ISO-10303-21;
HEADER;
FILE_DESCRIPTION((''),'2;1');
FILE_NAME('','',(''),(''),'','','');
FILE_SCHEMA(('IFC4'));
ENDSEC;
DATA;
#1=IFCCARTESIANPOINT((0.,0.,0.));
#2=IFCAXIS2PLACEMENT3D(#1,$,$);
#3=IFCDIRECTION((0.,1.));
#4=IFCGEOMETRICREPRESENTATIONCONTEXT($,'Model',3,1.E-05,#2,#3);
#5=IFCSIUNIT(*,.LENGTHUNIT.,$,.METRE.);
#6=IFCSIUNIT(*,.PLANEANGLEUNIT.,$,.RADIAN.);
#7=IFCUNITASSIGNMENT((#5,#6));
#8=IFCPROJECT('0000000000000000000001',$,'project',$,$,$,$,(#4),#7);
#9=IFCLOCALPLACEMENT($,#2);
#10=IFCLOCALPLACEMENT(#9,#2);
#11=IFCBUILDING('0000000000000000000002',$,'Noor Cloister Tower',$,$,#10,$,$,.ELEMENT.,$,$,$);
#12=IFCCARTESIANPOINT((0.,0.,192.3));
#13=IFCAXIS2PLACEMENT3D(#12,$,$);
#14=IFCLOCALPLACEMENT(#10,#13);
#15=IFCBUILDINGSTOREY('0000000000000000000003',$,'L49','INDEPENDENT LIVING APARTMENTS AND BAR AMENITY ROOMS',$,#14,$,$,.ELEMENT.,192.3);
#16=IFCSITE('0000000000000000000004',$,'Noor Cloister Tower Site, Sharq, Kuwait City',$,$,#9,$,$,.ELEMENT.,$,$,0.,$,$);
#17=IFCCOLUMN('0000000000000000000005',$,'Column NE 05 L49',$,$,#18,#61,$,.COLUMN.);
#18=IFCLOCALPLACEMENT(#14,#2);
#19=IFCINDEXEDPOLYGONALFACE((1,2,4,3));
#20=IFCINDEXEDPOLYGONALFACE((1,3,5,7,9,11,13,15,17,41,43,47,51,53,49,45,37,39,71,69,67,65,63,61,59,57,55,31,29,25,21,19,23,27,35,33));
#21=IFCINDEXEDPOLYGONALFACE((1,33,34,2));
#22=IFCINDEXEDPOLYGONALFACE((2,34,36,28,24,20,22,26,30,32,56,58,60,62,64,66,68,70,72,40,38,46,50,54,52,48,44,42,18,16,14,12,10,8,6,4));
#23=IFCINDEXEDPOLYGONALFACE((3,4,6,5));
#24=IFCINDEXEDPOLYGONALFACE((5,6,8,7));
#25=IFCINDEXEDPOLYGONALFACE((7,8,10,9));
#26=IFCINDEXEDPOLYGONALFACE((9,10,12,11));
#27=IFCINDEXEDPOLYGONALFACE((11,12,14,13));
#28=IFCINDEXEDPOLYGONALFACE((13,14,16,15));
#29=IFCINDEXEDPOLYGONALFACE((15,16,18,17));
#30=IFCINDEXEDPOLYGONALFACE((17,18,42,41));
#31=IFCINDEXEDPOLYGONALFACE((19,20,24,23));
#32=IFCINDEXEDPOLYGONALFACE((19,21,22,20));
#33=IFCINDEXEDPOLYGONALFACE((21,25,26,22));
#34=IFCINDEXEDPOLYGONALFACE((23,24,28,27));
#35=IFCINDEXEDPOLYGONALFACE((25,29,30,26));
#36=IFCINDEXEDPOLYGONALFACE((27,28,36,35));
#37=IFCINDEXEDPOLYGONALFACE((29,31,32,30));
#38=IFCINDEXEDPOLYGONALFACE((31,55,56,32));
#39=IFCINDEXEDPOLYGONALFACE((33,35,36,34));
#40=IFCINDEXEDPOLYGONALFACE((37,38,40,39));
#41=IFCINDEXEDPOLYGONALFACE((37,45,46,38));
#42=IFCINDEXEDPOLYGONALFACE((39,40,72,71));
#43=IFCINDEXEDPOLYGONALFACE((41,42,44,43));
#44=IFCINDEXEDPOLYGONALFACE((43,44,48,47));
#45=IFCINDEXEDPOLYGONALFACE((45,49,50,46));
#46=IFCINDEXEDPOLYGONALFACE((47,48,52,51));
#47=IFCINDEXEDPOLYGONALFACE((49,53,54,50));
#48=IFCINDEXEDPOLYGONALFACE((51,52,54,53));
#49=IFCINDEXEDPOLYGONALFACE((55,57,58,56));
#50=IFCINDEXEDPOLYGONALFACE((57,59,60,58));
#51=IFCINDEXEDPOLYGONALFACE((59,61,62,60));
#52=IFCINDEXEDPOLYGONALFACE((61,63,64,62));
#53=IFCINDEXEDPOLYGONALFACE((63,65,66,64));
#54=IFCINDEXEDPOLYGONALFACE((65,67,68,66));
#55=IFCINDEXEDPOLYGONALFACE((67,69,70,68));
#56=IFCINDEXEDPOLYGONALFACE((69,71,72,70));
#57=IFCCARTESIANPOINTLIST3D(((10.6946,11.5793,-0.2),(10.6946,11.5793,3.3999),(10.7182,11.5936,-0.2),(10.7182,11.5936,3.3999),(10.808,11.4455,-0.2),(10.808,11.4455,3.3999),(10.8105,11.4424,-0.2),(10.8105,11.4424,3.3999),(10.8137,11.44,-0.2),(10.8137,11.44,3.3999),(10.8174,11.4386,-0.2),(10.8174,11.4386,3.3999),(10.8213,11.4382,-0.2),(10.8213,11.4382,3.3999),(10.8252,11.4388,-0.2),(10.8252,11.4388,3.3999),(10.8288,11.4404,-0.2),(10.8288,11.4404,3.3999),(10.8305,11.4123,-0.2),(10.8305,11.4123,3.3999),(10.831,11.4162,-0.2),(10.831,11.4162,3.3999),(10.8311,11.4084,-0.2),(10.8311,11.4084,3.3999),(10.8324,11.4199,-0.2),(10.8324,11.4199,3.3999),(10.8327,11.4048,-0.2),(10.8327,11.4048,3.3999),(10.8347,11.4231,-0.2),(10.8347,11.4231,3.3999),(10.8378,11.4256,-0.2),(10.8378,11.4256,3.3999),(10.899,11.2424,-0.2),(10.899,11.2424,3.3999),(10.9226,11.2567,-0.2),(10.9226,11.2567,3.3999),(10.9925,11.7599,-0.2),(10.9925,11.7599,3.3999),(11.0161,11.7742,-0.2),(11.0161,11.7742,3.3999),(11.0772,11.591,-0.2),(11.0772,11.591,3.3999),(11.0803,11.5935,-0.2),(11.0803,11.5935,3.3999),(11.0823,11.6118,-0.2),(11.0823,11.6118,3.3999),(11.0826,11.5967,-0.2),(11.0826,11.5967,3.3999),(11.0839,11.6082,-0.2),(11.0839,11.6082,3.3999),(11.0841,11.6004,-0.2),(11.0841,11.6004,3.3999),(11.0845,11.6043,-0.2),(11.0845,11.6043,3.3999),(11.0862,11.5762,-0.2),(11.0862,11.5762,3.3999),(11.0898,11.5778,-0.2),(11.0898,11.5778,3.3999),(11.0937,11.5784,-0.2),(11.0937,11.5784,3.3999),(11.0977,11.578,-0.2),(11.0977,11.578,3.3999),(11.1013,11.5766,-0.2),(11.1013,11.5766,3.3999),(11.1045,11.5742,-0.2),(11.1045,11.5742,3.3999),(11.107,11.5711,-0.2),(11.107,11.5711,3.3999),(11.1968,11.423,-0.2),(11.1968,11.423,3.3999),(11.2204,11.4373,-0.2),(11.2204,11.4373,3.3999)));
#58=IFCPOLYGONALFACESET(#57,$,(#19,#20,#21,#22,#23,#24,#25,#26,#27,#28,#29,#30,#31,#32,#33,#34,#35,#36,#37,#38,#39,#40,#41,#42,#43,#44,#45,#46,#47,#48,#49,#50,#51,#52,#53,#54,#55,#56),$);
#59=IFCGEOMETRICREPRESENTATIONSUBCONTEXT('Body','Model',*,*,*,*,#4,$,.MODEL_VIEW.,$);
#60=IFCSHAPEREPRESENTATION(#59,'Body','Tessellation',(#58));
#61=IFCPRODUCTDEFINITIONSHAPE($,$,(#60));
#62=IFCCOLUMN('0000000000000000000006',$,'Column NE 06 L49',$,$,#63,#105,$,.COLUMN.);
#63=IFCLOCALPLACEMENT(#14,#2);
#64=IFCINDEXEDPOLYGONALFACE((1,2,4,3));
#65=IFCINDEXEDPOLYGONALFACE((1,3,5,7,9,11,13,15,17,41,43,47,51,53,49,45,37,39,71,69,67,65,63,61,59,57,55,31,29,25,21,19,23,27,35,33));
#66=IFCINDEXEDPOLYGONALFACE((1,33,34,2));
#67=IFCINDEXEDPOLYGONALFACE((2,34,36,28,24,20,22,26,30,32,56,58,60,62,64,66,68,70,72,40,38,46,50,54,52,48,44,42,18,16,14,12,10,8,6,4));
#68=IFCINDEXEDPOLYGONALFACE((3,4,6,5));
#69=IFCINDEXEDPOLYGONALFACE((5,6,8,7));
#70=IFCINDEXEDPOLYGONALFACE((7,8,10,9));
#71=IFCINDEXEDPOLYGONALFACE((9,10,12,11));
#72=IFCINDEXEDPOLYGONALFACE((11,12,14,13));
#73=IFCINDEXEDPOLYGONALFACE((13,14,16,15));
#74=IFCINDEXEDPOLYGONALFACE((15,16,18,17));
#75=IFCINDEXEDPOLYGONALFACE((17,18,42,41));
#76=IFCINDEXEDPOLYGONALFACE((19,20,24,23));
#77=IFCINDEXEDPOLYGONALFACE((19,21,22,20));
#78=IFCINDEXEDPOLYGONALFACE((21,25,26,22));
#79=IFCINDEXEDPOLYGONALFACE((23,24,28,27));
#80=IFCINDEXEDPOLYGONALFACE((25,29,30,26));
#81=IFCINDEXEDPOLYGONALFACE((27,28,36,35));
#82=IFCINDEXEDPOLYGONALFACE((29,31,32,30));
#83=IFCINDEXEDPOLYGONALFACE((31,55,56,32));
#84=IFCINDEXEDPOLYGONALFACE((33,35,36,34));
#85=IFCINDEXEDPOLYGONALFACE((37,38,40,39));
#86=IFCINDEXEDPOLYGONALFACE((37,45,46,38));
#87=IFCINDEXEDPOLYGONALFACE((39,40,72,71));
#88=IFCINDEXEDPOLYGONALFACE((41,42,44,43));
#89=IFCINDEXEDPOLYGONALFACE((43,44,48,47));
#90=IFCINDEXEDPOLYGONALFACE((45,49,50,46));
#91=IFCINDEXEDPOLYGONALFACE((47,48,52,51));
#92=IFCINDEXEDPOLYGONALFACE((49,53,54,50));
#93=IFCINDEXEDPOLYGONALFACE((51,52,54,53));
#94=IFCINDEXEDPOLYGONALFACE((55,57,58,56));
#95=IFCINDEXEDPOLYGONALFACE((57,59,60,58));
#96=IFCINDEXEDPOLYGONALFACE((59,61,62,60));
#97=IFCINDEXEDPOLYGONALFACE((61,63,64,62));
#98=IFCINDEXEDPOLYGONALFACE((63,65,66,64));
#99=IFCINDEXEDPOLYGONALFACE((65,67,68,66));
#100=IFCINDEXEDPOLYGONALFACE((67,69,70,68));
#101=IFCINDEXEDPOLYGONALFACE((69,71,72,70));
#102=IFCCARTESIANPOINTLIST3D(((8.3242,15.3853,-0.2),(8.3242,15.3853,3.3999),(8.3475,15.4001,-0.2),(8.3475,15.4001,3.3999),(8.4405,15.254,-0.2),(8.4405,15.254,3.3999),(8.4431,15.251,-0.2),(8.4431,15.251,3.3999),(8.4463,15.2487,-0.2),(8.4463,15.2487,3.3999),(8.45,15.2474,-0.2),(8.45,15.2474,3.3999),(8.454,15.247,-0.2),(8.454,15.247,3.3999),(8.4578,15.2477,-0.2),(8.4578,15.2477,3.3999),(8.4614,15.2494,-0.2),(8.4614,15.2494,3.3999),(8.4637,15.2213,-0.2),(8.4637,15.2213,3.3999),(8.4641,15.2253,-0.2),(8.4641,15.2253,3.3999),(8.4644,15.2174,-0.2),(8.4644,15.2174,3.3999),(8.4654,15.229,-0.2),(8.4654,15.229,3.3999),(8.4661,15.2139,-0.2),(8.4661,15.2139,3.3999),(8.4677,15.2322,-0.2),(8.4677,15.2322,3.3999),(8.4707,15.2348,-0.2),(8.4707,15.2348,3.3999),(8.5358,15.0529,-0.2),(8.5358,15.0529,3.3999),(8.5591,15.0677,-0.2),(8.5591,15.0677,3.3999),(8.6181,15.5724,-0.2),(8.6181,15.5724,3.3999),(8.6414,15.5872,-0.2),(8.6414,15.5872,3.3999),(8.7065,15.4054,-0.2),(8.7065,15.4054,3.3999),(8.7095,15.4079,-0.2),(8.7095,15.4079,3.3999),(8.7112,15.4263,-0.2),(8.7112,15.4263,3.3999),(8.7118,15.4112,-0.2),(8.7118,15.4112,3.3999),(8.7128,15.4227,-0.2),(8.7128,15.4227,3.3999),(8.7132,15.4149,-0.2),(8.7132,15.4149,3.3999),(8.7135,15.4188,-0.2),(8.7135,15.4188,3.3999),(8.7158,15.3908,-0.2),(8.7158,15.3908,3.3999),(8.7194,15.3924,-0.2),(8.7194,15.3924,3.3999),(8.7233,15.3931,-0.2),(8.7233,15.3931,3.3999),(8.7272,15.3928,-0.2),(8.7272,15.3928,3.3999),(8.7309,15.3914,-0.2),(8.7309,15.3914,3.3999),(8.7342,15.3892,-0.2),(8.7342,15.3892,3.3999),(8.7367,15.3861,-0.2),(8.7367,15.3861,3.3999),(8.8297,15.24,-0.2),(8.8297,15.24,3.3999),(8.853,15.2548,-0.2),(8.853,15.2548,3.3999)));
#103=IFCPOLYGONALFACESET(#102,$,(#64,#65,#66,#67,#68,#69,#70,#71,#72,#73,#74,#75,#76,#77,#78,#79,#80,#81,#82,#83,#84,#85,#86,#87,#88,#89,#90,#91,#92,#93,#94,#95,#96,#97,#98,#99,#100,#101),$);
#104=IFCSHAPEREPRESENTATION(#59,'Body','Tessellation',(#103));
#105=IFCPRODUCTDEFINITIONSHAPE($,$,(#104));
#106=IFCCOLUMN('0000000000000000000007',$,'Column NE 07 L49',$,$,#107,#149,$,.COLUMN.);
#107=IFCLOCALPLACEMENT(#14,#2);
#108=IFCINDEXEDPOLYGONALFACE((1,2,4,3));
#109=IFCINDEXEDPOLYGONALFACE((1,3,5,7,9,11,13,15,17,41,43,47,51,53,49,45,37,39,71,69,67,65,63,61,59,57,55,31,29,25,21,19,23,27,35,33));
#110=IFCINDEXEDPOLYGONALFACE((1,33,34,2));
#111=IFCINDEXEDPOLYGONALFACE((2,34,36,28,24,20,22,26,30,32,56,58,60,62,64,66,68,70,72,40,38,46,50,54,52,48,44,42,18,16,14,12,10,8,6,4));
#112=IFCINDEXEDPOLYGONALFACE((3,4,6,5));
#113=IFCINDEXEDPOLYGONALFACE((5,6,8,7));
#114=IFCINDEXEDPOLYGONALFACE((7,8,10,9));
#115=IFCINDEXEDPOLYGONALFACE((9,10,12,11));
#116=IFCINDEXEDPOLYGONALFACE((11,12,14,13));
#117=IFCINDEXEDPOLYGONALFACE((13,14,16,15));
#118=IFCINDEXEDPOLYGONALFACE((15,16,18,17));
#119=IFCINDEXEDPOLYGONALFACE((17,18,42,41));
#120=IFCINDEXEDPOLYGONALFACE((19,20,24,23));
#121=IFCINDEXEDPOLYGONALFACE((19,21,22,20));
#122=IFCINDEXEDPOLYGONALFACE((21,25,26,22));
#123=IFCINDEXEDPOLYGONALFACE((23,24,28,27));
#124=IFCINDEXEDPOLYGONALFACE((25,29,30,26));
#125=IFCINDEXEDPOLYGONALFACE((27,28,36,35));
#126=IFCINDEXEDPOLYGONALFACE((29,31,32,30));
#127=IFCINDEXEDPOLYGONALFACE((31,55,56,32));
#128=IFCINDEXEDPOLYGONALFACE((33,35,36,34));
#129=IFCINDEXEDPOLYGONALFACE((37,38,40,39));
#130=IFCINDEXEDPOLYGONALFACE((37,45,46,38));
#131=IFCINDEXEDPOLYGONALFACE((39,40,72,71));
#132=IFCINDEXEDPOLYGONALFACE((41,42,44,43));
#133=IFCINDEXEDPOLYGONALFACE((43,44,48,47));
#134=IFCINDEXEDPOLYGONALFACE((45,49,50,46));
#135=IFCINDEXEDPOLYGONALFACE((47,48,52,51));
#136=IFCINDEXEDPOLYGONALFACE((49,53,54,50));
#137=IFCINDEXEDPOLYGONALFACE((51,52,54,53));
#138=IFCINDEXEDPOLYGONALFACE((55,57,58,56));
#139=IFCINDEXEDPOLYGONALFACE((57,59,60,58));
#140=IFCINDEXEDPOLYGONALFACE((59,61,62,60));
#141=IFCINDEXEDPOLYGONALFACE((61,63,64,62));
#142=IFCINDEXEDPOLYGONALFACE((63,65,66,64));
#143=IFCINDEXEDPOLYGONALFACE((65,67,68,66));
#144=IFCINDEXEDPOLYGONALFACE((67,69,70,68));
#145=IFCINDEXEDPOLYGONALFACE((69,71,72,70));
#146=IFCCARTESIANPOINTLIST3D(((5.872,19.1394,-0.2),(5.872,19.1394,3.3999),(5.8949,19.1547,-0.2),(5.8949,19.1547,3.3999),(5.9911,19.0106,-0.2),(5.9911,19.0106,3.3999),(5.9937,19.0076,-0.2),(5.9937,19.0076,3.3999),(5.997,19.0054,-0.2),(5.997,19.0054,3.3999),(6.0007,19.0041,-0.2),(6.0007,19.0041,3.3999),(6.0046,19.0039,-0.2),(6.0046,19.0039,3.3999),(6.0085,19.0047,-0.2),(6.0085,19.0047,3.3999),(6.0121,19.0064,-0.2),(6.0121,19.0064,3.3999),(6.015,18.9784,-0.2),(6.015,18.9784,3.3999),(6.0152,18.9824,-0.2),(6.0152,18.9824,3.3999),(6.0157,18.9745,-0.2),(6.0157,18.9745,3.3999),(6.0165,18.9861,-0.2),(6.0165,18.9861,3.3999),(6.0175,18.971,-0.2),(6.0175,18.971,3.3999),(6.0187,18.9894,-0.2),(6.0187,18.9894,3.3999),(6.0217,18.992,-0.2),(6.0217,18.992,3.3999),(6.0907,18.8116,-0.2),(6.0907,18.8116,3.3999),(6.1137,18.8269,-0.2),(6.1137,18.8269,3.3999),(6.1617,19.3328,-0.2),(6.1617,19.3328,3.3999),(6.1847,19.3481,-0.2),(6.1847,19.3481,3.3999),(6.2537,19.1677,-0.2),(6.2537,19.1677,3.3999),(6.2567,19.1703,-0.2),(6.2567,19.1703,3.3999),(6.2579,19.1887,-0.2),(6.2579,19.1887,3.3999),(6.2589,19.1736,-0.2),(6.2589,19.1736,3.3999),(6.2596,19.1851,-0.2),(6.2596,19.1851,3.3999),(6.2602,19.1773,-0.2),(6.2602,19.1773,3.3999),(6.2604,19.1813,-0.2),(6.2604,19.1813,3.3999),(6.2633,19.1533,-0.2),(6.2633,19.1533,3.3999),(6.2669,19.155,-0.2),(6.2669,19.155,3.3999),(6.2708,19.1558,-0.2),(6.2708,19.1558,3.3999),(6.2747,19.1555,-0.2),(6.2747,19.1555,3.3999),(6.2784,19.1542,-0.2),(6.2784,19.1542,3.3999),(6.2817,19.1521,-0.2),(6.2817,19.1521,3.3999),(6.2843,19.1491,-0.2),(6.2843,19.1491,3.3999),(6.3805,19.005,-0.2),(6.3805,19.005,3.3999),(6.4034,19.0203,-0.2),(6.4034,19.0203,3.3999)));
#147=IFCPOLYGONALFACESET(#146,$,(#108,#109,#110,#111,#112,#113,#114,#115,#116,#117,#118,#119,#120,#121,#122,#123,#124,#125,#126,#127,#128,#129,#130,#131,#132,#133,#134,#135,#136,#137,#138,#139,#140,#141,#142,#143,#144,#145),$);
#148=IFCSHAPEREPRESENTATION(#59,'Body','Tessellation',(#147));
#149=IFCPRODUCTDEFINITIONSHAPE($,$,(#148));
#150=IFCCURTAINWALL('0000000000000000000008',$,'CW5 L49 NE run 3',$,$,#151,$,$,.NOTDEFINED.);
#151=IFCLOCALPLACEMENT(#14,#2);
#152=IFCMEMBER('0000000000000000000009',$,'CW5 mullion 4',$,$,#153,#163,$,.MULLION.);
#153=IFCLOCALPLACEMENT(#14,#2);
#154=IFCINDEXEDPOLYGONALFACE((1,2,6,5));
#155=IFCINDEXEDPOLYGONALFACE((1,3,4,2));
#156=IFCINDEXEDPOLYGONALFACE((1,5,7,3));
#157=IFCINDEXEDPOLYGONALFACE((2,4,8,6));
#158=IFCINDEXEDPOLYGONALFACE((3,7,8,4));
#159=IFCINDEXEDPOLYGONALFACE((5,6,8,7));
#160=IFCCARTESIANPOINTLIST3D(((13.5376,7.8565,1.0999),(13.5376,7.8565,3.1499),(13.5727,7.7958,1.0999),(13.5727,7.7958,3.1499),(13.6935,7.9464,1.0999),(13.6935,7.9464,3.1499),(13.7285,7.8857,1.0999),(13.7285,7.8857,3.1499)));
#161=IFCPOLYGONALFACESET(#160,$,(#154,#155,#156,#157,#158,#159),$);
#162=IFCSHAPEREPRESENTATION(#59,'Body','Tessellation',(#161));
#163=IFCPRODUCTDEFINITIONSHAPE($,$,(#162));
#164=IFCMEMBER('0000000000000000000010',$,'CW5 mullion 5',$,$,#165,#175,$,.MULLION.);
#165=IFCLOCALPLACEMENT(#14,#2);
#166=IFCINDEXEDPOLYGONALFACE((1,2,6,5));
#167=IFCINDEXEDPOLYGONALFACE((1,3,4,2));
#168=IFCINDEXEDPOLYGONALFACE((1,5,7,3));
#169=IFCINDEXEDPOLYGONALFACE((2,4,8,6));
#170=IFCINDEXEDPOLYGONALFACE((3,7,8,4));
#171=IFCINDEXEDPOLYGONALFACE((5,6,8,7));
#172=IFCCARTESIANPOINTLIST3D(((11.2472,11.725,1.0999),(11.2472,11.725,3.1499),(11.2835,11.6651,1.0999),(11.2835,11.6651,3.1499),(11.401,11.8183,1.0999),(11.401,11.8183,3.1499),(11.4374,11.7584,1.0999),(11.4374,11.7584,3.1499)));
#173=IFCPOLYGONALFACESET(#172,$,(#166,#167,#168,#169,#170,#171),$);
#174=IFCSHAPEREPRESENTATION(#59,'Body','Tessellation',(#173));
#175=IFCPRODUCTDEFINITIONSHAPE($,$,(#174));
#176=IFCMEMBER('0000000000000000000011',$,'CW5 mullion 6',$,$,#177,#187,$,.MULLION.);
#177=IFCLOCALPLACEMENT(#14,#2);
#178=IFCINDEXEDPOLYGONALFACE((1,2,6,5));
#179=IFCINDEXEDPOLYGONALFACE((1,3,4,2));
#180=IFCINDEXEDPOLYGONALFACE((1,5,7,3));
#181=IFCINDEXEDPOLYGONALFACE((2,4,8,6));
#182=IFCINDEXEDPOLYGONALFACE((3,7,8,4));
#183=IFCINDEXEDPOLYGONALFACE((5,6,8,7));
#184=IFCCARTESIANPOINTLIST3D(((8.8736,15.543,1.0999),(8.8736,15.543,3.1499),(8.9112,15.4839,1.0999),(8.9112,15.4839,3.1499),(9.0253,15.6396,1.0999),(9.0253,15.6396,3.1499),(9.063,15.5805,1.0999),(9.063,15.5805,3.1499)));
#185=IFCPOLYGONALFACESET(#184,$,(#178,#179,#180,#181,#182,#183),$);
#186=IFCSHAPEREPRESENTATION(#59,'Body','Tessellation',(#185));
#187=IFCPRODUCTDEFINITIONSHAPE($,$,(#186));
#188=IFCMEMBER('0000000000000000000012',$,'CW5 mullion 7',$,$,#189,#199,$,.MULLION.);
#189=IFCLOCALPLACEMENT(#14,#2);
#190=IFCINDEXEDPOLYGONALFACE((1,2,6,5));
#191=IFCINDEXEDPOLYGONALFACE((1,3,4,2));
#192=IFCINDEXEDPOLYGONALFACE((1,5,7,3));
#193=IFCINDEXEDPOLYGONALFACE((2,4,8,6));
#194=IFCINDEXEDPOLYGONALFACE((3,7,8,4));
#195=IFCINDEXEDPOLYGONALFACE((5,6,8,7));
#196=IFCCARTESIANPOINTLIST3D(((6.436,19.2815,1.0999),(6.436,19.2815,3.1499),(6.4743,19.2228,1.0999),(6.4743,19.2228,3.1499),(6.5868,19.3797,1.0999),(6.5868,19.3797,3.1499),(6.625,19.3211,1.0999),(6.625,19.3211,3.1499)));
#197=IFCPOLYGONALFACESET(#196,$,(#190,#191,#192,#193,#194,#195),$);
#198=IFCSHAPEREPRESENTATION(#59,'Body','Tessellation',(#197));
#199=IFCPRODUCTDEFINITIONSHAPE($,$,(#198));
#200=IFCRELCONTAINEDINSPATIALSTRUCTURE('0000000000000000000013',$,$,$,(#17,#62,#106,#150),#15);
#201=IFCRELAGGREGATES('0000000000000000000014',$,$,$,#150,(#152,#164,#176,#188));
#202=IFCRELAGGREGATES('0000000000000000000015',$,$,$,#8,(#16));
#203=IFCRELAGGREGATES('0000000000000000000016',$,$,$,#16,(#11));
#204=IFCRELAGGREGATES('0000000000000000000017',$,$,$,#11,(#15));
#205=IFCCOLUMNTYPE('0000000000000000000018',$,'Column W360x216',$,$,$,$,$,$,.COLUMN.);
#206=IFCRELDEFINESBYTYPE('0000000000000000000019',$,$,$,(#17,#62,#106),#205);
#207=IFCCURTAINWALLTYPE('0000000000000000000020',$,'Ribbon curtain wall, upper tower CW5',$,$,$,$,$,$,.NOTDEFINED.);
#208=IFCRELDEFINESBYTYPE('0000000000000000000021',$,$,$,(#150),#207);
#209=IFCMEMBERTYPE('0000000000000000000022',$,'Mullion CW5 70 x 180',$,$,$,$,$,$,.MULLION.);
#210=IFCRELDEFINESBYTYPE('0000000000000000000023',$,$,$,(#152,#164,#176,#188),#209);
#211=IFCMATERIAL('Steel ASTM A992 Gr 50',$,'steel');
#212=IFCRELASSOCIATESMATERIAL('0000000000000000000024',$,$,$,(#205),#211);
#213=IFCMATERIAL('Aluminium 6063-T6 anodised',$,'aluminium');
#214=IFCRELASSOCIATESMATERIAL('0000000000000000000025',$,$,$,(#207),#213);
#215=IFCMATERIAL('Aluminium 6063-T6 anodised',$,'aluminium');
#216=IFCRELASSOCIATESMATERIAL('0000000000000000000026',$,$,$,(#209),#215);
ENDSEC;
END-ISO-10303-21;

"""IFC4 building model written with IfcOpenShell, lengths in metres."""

from ifc_helpers import new_model, si_unit, direction, frame, origin, origin_2d, place, context, subcontext, project, spatial, rectangle, i_section, extrude, material, material_profile, profile_set, type_object, element, aggregate, save


model = new_model("IFC4")

# Units and contexts
model_context = context("Model", 3, precision=1e-05, world=origin(), true_north=direction((0.0, 1.0)))
body_context = subcontext(model_context, "Body", "Model", "MODEL_VIEW")
ifc_project = project(units=[si_unit("LENGTHUNIT", "METRE"), si_unit("PLANEANGLEUNIT", "RADIAN")], contexts=[model_context])

# Site, building, storey
site_placement = place(None, origin())
site = spatial("IfcSite", under=ifc_project, at=site_placement, Name="Noor Cloister Tower Site, Sharq, Kuwait City", CompositionType="ELEMENT", RefElevation=0.0)
building_placement = place(site_placement, origin())
building = spatial("IfcBuilding", under=site, at=building_placement, Name="Noor Cloister Tower", CompositionType="ELEMENT")
storey_placement = place(building_placement, frame((0.0, 0.0, 192.3)))
storey = spatial("IfcBuildingStorey", under=building, at=storey_placement, Name="L49", Description="INDEPENDENT LIVING APARTMENTS AND BAR AMENITY ROOMS", CompositionType="ELEMENT", Elevation=192.3)

# Columns
ifc_material_1 = material(Name="Steel ASTM A992 Gr 50", Category="steel")
ifc_material_profile_1 = material_profile(ifc_material_1, i_section(OverallWidth=0.394, OverallDepth=0.376, WebThickness=0.0173, FlangeThickness=0.0276, FilletRadius=0.0151, at=origin_2d()), Name="W360x216")
ifc_profile_set_1 = profile_set([ifc_material_profile_1], Name="Steel ASTM A992 Gr 50")
column_type = type_object("IfcColumnType", Name="Column W360x216", PredefinedType="COLUMN", material=ifc_profile_set_1)
for number, where, z_axis, x_axis, name in (
    (1, (10.9575, 11.5083, -0.2), (0.0, 0.0, 1.0), (-0.518623, 0.855003, 0.0), "Column NE 05 L49"),
    (2, (8.5886, 15.3201, -0.2), (0.0, 0.0, 1.0), (-0.537002, 0.843581, 0.0), "Column NE 06 L49"),
    (3, (6.1377, 19.0798, -0.2), (0.0, 0.0, 1.0), (-0.55513, 0.831763, 0.0), "Column NE 07 L49"),
):
    element("IfcColumn", number, at=place(storey_placement, frame(where, z_axis=z_axis, x_axis=x_axis)), inside=storey, type_object=column_type, Name=name, PredefinedType="COLUMN", context=body_context, shape_type="SweptSolid", body=[
        extrude(i_section(OverallWidth=0.394, OverallDepth=0.376, WebThickness=0.0173, FlangeThickness=0.0276, FilletRadius=0.0151, at=origin_2d()), origin(), (0.0, 0.0, 1.0), 3.5999),
    ])

# Curtain wall, members
ifc_material_2 = material(Name="Aluminium 6063-T6 anodised", Category="aluminium")
curtain_wall_type = type_object("IfcCurtainWallType", Name="Ribbon curtain wall, upper tower CW5", PredefinedType="NOTDEFINED", material=ifc_material_2)
curtain_wall_placement = place(storey_placement, origin())
curtain_wall = element("IfcCurtainWall", 4, at=curtain_wall_placement, inside=storey, type_object=curtain_wall_type, Name="CW5 L49 NE run 3", PredefinedType="NOTDEFINED")
ifc_material_3 = material(Name="Aluminium 6063-T6 anodised", Category="aluminium")
ifc_material_profile_2 = material_profile(ifc_material_3, rectangle(XDim=0.1799, YDim=0.0701, at=origin_2d()), Name="180 x 70 mullion")
ifc_profile_set_2 = profile_set([ifc_material_profile_2], Name="Aluminium 6063-T6 anodised")
member_type = type_object("IfcMemberType", Name="Mullion CW5 70 x 180", PredefinedType="MULLION", material=ifc_profile_set_2)
member_1_placement = place(storey_placement, frame((13.6331, 7.8711, 1.0999), z_axis=(0.0, 0.0, 1.0), x_axis=(-0.866025, -0.5, 0.0)))
member_1 = element("IfcMember", 5, at=member_1_placement, type_object=member_type, Name="CW5 mullion 4", PredefinedType="MULLION", context=body_context, shape_type="SweptSolid", body=[
    extrude(rectangle(XDim=0.1799, YDim=0.0701, at=origin_2d()), origin(), (0.0, 0.0, 1.0), 2.05),
])
member_2_placement = place(storey_placement, frame((11.3423, 11.7417, 1.0999), z_axis=(0.0, 0.0, 1.0), x_axis=(-0.855003, -0.518623, 0.0)))
member_2 = element("IfcMember", 6, at=member_2_placement, type_object=member_type, Name="CW5 mullion 5", PredefinedType="MULLION", context=body_context, shape_type="SweptSolid", body=[
    extrude(rectangle(XDim=0.1799, YDim=0.0701, at=origin_2d()), origin(), (0.0, 0.0, 1.0), 2.05),
])
member_3_placement = place(storey_placement, frame((8.9683, 15.5618, 1.0999), z_axis=(0.0, 0.0, 1.0), x_axis=(-0.843581, -0.537002, 0.0)))
member_3 = element("IfcMember", 7, at=member_3_placement, type_object=member_type, Name="CW5 mullion 6", PredefinedType="MULLION", context=body_context, shape_type="SweptSolid", body=[
    extrude(rectangle(XDim=0.1799, YDim=0.0701, at=origin_2d()), origin(), (0.0, 0.0, 1.0), 2.05),
])
member_4_placement = place(storey_placement, frame((6.5305, 19.3013, 1.0999), z_axis=(0.0, 0.0, 1.0), x_axis=(-0.837721, -0.546098, 0.0)))
member_4 = element("IfcMember", 8, at=member_4_placement, type_object=member_type, Name="CW5 mullion 7", PredefinedType="MULLION", context=body_context, shape_type="SweptSolid", body=[
    extrude(rectangle(XDim=0.1799, YDim=0.0701, at=origin_2d()), origin(), (0.0, 0.0, 1.0), 2.05),
])

aggregate(curtain_wall, [member_1, member_2, member_3, member_4])

save(model, "model.ifc")
